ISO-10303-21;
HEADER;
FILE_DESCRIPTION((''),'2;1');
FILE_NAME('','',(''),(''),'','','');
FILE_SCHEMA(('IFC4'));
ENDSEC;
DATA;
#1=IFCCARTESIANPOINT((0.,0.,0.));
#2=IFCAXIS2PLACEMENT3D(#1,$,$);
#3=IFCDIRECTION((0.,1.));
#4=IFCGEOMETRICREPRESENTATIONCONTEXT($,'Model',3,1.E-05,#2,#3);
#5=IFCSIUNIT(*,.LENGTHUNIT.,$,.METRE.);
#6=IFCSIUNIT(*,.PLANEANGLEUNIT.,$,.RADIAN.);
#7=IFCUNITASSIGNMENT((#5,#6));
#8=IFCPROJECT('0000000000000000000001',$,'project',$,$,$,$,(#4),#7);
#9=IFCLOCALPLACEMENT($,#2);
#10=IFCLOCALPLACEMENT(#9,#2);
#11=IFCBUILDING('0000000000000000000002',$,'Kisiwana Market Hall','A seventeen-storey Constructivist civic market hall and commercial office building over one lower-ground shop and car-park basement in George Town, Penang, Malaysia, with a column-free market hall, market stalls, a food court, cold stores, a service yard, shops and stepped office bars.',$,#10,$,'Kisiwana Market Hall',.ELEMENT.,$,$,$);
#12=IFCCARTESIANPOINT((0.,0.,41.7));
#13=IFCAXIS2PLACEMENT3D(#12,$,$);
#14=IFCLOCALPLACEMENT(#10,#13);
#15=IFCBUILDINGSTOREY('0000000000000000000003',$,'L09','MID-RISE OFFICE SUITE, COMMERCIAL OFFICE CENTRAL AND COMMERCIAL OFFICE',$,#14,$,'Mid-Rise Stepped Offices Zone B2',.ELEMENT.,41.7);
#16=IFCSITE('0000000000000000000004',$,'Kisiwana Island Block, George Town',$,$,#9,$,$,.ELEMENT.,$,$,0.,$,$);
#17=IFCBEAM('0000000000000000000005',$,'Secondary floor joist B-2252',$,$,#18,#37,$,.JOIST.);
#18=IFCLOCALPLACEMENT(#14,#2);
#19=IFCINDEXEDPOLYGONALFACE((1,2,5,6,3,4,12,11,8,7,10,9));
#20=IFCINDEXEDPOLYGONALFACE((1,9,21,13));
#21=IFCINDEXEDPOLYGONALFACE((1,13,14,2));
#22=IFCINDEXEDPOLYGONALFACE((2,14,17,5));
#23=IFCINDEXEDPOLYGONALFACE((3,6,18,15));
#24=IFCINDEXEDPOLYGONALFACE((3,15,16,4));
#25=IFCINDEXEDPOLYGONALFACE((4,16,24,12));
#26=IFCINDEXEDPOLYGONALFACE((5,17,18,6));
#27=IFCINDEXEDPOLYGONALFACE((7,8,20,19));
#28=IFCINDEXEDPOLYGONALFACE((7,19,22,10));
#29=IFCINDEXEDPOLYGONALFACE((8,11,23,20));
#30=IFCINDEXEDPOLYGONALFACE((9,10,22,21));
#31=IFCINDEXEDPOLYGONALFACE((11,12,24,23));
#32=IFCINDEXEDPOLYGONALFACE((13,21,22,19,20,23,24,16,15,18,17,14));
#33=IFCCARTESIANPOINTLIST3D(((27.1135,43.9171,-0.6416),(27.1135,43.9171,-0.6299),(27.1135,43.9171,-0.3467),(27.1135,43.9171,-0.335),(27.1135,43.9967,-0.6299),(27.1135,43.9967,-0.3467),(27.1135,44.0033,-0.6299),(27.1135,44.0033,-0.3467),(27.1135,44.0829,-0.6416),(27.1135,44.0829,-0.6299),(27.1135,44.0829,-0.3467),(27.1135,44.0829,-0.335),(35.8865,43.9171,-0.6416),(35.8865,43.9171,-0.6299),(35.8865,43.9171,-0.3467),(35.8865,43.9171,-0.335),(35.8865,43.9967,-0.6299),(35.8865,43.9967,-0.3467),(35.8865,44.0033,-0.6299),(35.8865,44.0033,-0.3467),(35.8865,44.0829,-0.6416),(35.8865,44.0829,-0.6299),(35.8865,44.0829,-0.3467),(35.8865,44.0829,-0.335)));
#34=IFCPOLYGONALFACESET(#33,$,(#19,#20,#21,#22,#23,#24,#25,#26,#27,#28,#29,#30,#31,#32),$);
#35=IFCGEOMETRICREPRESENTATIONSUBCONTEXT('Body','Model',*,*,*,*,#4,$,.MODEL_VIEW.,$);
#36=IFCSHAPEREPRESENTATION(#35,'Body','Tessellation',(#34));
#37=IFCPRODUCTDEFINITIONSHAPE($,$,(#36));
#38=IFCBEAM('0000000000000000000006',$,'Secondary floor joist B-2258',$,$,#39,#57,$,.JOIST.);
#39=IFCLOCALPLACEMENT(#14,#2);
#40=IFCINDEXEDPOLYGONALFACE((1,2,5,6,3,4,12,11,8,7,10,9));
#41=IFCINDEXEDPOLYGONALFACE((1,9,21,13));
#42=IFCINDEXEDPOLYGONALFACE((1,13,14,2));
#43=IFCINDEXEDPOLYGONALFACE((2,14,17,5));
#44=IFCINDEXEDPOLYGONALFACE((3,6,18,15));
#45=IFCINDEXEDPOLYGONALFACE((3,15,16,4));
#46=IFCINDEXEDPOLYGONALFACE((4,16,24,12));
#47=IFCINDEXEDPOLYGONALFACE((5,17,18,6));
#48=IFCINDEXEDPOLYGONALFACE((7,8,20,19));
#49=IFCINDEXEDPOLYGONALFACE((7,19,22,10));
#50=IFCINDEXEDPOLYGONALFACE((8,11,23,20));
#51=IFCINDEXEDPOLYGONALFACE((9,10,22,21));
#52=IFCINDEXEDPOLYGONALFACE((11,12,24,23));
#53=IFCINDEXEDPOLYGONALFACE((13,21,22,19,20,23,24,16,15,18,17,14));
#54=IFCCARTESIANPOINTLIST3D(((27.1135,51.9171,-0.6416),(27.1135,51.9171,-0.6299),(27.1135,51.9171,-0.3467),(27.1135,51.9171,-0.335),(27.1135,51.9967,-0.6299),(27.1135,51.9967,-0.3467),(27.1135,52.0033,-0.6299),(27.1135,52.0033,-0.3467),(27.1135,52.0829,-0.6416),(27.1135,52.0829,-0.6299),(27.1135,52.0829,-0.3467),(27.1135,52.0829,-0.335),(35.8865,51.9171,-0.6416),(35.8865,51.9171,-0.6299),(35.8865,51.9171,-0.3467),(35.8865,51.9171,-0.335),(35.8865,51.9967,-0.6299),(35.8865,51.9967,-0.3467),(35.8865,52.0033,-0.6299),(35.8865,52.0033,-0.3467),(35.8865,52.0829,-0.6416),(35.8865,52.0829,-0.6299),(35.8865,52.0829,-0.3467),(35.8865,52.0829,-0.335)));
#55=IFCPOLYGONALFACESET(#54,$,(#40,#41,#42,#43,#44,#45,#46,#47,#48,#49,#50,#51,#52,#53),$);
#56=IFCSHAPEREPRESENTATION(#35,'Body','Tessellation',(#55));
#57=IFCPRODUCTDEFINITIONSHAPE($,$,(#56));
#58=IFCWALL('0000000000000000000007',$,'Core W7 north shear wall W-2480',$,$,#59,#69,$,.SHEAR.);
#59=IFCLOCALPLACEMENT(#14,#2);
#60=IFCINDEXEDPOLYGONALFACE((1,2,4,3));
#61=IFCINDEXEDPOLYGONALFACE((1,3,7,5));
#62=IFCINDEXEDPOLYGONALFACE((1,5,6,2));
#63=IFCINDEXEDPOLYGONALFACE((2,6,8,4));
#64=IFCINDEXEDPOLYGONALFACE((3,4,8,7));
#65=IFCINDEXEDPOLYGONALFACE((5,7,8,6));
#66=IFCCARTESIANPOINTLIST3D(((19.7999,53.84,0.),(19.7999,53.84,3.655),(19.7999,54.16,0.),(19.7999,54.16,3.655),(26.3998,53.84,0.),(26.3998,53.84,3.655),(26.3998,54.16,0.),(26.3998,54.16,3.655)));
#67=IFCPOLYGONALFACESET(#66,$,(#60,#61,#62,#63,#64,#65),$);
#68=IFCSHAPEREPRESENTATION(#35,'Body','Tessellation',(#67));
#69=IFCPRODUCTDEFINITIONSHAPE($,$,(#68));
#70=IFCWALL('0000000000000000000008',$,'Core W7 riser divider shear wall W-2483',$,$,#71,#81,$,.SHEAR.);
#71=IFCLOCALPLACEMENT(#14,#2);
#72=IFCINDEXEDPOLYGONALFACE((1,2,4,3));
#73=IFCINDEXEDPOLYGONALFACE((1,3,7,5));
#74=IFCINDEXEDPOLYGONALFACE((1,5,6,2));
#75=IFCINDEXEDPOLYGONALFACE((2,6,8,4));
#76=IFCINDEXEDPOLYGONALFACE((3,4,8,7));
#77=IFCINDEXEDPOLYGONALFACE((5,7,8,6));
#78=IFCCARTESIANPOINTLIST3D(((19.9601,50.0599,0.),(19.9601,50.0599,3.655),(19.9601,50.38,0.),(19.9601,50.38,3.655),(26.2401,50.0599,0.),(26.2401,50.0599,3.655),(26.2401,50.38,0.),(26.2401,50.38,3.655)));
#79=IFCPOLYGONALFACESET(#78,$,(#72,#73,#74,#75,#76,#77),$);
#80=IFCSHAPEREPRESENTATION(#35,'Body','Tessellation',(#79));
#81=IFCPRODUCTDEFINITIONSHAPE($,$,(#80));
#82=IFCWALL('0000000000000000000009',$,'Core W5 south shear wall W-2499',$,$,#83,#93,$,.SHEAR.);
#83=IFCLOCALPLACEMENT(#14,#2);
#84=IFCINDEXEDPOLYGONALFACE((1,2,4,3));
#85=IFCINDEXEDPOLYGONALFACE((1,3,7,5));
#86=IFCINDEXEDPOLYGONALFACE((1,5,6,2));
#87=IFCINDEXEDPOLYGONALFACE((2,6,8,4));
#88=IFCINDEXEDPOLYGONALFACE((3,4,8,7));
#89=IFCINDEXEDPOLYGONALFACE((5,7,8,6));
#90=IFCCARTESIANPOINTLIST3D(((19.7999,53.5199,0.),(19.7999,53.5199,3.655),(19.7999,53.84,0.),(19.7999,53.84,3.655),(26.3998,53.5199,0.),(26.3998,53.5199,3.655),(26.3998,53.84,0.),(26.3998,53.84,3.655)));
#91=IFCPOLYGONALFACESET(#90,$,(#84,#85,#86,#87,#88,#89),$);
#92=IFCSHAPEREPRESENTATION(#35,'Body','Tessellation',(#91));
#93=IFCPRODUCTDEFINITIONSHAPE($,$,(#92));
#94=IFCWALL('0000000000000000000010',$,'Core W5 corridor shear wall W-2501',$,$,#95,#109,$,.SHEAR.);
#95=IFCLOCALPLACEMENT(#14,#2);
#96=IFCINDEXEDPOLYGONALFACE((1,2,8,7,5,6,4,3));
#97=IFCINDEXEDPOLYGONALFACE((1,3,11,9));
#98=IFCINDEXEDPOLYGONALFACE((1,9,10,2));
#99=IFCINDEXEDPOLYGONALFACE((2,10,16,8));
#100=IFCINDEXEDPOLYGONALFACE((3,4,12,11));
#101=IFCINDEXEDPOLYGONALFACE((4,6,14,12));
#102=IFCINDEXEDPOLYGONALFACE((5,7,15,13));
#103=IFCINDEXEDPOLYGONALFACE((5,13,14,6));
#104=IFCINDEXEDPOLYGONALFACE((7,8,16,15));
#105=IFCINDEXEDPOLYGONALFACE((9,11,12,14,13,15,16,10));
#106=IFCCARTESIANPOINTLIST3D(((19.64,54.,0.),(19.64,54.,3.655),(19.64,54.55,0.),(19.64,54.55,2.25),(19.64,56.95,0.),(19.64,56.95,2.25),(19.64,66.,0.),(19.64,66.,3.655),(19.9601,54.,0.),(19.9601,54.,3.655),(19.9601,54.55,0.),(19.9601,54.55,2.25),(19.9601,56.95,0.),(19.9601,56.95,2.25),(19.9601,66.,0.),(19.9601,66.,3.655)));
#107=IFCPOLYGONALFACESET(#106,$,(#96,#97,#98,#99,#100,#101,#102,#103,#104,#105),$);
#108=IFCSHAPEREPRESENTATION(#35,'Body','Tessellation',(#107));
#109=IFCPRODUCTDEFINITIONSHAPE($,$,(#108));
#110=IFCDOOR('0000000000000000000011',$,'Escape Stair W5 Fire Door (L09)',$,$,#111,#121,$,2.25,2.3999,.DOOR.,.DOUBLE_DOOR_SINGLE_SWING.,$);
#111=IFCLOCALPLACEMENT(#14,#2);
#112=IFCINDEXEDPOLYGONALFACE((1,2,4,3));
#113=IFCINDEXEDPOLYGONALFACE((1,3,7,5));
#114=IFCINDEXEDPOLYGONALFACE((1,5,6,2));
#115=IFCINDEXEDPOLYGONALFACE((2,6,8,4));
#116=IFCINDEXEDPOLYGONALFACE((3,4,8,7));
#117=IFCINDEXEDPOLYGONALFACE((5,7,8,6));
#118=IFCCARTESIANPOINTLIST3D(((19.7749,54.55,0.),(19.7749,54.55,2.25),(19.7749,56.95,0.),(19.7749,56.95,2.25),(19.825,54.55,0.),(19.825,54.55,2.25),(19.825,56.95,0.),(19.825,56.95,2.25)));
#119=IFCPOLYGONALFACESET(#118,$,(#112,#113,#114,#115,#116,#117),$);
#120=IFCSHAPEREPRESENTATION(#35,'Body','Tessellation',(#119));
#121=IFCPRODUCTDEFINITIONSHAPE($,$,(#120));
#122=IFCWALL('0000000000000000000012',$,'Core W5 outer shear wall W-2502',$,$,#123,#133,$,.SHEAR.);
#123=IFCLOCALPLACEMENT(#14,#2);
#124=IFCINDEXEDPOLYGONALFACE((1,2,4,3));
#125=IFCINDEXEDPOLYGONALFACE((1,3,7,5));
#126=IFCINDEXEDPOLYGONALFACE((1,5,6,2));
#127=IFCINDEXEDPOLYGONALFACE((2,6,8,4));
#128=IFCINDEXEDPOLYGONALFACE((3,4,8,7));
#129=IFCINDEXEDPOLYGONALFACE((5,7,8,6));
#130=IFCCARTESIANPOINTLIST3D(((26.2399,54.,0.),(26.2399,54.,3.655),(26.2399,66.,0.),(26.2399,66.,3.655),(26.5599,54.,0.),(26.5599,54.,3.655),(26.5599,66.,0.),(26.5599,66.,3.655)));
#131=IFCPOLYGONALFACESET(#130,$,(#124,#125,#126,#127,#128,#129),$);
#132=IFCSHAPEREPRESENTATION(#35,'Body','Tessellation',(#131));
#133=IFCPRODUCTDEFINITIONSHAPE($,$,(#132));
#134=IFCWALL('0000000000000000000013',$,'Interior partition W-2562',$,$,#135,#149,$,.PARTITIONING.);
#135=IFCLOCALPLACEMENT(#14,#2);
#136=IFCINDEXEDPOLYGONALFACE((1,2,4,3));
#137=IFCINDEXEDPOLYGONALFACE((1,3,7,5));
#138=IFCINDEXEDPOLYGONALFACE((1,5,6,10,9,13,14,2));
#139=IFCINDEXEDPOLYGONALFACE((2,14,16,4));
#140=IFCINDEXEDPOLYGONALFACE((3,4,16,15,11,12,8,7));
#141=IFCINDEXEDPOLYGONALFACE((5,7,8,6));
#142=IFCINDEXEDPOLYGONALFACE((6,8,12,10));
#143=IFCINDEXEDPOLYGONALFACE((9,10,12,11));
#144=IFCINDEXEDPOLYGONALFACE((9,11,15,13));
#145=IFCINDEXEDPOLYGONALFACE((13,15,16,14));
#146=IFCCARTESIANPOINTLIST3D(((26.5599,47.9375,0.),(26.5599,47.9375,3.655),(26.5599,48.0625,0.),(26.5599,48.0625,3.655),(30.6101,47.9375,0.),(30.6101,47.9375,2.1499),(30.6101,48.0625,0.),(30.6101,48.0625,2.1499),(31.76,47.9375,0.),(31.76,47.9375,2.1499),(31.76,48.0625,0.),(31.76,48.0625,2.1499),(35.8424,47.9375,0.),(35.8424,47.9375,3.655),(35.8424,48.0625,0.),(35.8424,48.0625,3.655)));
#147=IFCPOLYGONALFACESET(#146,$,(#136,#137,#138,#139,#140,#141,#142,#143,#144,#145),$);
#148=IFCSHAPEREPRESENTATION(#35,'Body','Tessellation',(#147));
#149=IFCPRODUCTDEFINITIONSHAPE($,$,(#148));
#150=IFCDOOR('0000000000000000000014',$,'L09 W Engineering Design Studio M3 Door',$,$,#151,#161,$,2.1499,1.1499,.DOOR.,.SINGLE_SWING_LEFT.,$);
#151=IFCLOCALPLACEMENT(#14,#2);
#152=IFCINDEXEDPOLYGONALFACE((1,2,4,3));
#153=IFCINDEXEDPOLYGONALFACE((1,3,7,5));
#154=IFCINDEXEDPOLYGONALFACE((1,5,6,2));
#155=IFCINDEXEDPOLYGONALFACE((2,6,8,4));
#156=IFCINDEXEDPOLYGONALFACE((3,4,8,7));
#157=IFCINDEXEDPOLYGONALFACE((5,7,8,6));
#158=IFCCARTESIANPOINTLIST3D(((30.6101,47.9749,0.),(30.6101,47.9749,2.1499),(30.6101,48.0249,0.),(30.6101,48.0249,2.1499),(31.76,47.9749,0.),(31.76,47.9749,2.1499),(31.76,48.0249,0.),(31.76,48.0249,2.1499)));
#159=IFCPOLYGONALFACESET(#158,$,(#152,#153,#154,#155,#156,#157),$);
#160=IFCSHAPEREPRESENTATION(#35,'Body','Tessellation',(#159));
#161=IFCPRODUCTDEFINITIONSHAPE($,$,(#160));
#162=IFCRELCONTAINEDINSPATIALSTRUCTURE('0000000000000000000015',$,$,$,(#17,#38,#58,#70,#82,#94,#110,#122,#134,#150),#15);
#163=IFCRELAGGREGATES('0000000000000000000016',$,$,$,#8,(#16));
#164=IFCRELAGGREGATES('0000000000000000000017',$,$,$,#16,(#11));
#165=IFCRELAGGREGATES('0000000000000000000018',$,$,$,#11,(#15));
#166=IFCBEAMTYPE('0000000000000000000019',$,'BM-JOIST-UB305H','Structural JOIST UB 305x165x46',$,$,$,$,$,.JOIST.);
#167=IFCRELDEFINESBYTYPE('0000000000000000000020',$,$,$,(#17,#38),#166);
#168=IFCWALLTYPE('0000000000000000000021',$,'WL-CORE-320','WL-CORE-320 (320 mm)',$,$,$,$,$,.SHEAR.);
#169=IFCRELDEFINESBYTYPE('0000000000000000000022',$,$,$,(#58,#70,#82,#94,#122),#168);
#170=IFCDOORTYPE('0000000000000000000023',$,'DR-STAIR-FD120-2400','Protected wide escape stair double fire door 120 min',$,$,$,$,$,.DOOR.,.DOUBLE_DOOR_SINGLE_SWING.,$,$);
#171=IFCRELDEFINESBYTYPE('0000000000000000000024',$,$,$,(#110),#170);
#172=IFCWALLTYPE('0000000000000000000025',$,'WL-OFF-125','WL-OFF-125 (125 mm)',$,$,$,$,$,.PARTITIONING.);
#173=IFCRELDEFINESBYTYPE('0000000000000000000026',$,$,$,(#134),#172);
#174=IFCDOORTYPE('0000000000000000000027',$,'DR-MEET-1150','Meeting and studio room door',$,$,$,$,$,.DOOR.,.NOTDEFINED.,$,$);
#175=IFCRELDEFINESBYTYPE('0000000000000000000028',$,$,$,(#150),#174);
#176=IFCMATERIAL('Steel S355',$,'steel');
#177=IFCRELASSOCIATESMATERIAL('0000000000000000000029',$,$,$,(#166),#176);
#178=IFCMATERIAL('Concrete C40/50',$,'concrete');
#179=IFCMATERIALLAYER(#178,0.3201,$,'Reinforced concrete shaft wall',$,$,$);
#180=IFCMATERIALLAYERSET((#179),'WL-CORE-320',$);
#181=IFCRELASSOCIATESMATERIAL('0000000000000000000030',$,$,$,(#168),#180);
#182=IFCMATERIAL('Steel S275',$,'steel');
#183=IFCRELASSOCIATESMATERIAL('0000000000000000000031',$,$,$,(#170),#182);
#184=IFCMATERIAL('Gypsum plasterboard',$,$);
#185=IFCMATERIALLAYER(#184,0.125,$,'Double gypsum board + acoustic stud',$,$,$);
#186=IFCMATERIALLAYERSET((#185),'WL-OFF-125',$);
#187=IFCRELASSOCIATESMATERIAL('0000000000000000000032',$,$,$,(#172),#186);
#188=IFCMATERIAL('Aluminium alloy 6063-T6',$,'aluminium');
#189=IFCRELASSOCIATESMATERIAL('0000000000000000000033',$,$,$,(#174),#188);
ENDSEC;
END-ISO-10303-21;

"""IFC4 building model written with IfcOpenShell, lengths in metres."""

from ifc_helpers import new_model, si_unit, direction, frame, frame_2d, origin, origin_2d, place, context, subcontext, project, spatial, rectangle, i_section, extrude, material, layer, layer_set, material_profile, profile_set, type_object, element, fill, save


model = new_model("IFC4")

# Units and contexts
model_context = context("Model", 3, precision=1e-05, world=origin(), true_north=direction((0.0, 1.0)))
body_context = subcontext(model_context, "Body", "Model", "MODEL_VIEW")
ifc_project = project(units=[si_unit("LENGTHUNIT", "METRE"), si_unit("PLANEANGLEUNIT", "RADIAN")], contexts=[model_context])

# Site, building, storey
site_placement = place(None, origin())
site = spatial("IfcSite", under=ifc_project, at=site_placement, Name="Kisiwana Island Block, George Town", CompositionType="ELEMENT", RefElevation=0.0)
building_placement = place(site_placement, origin())
building = spatial("IfcBuilding", under=site, at=building_placement, Name="Kisiwana Market Hall", Description="A seventeen-storey Constructivist civic market hall and commercial office building over one lower-ground shop and car-park basement in George Town, Penang, Malaysia, with a column-free market hall, market stalls, a food court, cold stores, a service yard, shops and stepped office bars.", LongName="Kisiwana Market Hall", CompositionType="ELEMENT")
storey_placement = place(building_placement, frame((0.0, 0.0, 41.7)))
storey = spatial("IfcBuildingStorey", under=building, at=storey_placement, Name="L09", Description="MID-RISE OFFICE SUITE, COMMERCIAL OFFICE CENTRAL AND COMMERCIAL OFFICE", LongName="Mid-Rise Stepped Offices Zone B2", CompositionType="ELEMENT", Elevation=41.7)

# Beams
ifc_material_1 = material(Name="Steel S355", Category="steel")
ifc_material_profile = material_profile(ifc_material_1, i_section(OverallWidth=0.1658, OverallDepth=0.3066, WebThickness=0.0066, FlangeThickness=0.0117, at=origin_2d()), Name="UB 305x165x46")
ifc_profile_set = profile_set([ifc_material_profile], Name="Steel S355")
beam_type = type_object("IfcBeamType", Name="BM-JOIST-UB305H", Description="Structural JOIST UB 305x165x46", PredefinedType="JOIST", material=ifc_profile_set)
for number, where, z_axis, x_axis, name in (
    (1, (27.1135, 44.0, -0.4883), (1.0, 0.0, 0.0), (0.0, 1.0, 0.0), "Secondary floor joist B-2252"),
    (2, (27.1135, 52.0, -0.4883), (1.0, 0.0, 0.0), (0.0, 1.0, 0.0), "Secondary floor joist B-2258"),
):
    element("IfcBeam", number, at=place(storey_placement, frame(where, z_axis=z_axis, x_axis=x_axis)), inside=storey, type_object=beam_type, Name=name, PredefinedType="JOIST", context=body_context, shape_type="SweptSolid", body=[
        extrude(i_section(OverallWidth=0.1658, OverallDepth=0.3066, WebThickness=0.0066, FlangeThickness=0.0117, at=origin_2d()), origin(), (0.0, 0.0, 1.0), 8.7729),
    ])

# Walls
ifc_material_2 = material(Name="Concrete C40/50", Category="concrete")
ifc_layer_1 = layer(ifc_material_2, 0.3201, Name="Reinforced concrete shaft wall")
ifc_layer_set_1 = layer_set([ifc_layer_1], Name="WL-CORE-320")
wall_type_1 = type_object("IfcWallType", Name="WL-CORE-320", Description="WL-CORE-320 (320 mm)", PredefinedType="SHEAR", material=ifc_layer_set_1)
wall_1_placement = place(storey_placement, frame((19.8, 54.0, 0.0), z_axis=(0.0, 0.0, 1.0), x_axis=(1.0, 0.0, 0.0)))
element("IfcWall", 3, at=wall_1_placement, inside=storey, type_object=wall_type_1, Name="Core W7 north shear wall W-2480", PredefinedType="SHEAR", context=body_context, shape_type="SweptSolid", body=[
    extrude(rectangle(XDim=6.5999, YDim=0.3201, at=frame_2d((3.2998, 0.0))), origin(), (0.0, 0.0, 1.0), 3.655),
])
wall_2_placement = place(storey_placement, frame((19.96, 50.22, 0.0), z_axis=(0.0, 0.0, 1.0), x_axis=(1.0, 0.0, 0.0)))
element("IfcWall", 4, at=wall_2_placement, inside=storey, type_object=wall_type_1, Name="Core W7 riser divider shear wall W-2483", PredefinedType="SHEAR", context=body_context, shape_type="SweptSolid", body=[
    extrude(rectangle(XDim=6.28, YDim=0.3201, at=frame_2d((3.1401, 0.0))), origin(), (0.0, 0.0, 1.0), 3.655),
])
wall_3_placement = place(storey_placement, frame((19.8, 53.6799, 0.0), z_axis=(0.0, 0.0, 1.0), x_axis=(1.0, 0.0, 0.0)))
element("IfcWall", 5, at=wall_3_placement, inside=storey, type_object=wall_type_1, Name="Core W5 south shear wall W-2499", PredefinedType="SHEAR", context=body_context, shape_type="SweptSolid", body=[
    extrude(rectangle(XDim=6.5999, YDim=0.3201, at=frame_2d((3.2998, 0.0))), origin(), (0.0, 0.0, 1.0), 3.655),
])

# Wall, opening, door
wall_4_placement = place(storey_placement, frame((19.8, 54.0, 0.0), z_axis=(0.0, 0.0, 1.0), x_axis=(0.0, 1.0, 0.0)))
wall_4 = element("IfcWall", 6, at=wall_4_placement, inside=storey, type_object=wall_type_1, Name="Core W5 corridor shear wall W-2501", PredefinedType="SHEAR", context=body_context, shape_type="SweptSolid", body=[
    extrude(rectangle(XDim=12.0, YDim=0.3201, at=frame_2d((6.0, 0.0))), origin(), (0.0, 0.0, 1.0), 3.655),
])
opening_1_placement = place(wall_4_placement, frame((0.55, 0.0, 0.0)))
opening_1 = element("IfcOpeningElement", 7, at=opening_1_placement, cuts=wall_4, PredefinedType="OPENING", context=body_context, shape_type="SweptSolid", body=[
    extrude(rectangle(XDim=2.3999, YDim=2.25, at=frame_2d((1.2, 1.125))), frame((0.0, 0.1719, 0.0), z_axis=(0.0, -1.0, 0.0), x_axis=(1.0, 0.0, 0.0)), (0.0, 0.0, 1.0), 0.344),
])
ifc_material_3 = material(Name="Steel S275", Category="steel")
door_type_1 = type_object("IfcDoorType", Name="DR-STAIR-FD120-2400", Description="Protected wide escape stair double fire door 120 min", OperationType="DOUBLE_DOOR_SINGLE_SWING", PredefinedType="DOOR", material=ifc_material_3)
door_1_placement = place(opening_1_placement, frame((2.3999, 0.0, 0.0), z_axis=(0.0, 0.0, 1.0), x_axis=(-1.0, 0.0, 0.0)))
door_1 = element("IfcDoor", 8, at=door_1_placement, inside=storey, type_object=door_type_1, Name="Escape Stair W5 Fire Door (L09)", OperationType="DOUBLE_DOOR_SINGLE_SWING", OverallHeight=2.25, OverallWidth=2.3999, PredefinedType="DOOR", context=body_context, shape_type="SweptSolid", body=[
    extrude(rectangle(XDim=2.3999, YDim=2.25, at=frame_2d((1.2, 1.125))), frame((0.0, 0.0249, 0.0), z_axis=(0.0, -1.0, 0.0), x_axis=(1.0, 0.0, 0.0)), (0.0, 0.0, 1.0), 0.05),
])
fill(opening_1, door_1)

# Wall
wall_5_placement = place(storey_placement, frame((26.3999, 54.0, 0.0), z_axis=(0.0, 0.0, 1.0), x_axis=(0.0, 1.0, 0.0)))
element("IfcWall", 9, at=wall_5_placement, inside=storey, type_object=wall_type_1, Name="Core W5 outer shear wall W-2502", PredefinedType="SHEAR", context=body_context, shape_type="SweptSolid", body=[
    extrude(rectangle(XDim=12.0, YDim=0.3201, at=frame_2d((6.0, 0.0))), origin(), (0.0, 0.0, 1.0), 3.655),
])

# Wall, opening, door
ifc_material_4 = material(Name="Gypsum plasterboard")
ifc_layer_2 = layer(ifc_material_4, 0.125, Name="Double gypsum board + acoustic stud")
ifc_layer_set_2 = layer_set([ifc_layer_2], Name="WL-OFF-125")
wall_type_2 = type_object("IfcWallType", Name="WL-OFF-125", Description="WL-OFF-125 (125 mm)", PredefinedType="PARTITIONING", material=ifc_layer_set_2)
wall_6_placement = place(storey_placement, frame((26.5601, 48.0, 0.0), z_axis=(0.0, 0.0, 1.0), x_axis=(1.0, 0.0, 0.0)))
wall_6 = element("IfcWall", 10, at=wall_6_placement, inside=storey, type_object=wall_type_2, Name="Interior partition W-2562", PredefinedType="PARTITIONING", context=body_context, shape_type="SweptSolid", body=[
    extrude(rectangle(XDim=9.2825, YDim=0.125, at=frame_2d((4.6411, 0.0))), origin(), (0.0, 0.0, 1.0), 3.655),
])
opening_2_placement = place(wall_6_placement, frame((4.05, 0.0, 0.0)))
opening_2 = element("IfcOpeningElement", 11, at=opening_2_placement, cuts=wall_6, PredefinedType="OPENING", context=body_context, shape_type="SweptSolid", body=[
    extrude(rectangle(XDim=1.1499, YDim=2.1499, at=frame_2d((0.575, 1.075))), frame((0.0, 0.0745, 0.0), z_axis=(0.0, -1.0, 0.0), x_axis=(1.0, 0.0, 0.0)), (0.0, 0.0, 1.0), 0.1489),
])
ifc_material_5 = material(Name="Aluminium alloy 6063-T6", Category="aluminium")
door_type_2 = type_object("IfcDoorType", Name="DR-MEET-1150", Description="Meeting and studio room door", OperationType="NOTDEFINED", PredefinedType="DOOR", material=ifc_material_5)
door_2_placement = place(opening_2_placement, origin())
door_2 = element("IfcDoor", 12, at=door_2_placement, inside=storey, type_object=door_type_2, Name="L09 W Engineering Design Studio M3 Door", OperationType="SINGLE_SWING_LEFT", OverallHeight=2.1499, OverallWidth=1.1499, PredefinedType="DOOR", context=body_context, shape_type="SweptSolid", body=[
    extrude(rectangle(XDim=1.1499, YDim=2.1499, at=frame_2d((0.575, 1.075))), frame((0.0, 0.0249, 0.0), z_axis=(0.0, -1.0, 0.0), x_axis=(1.0, 0.0, 0.0)), (0.0, 0.0, 1.0), 0.05),
])
fill(opening_2, door_2)

save(model, "model.ifc")
